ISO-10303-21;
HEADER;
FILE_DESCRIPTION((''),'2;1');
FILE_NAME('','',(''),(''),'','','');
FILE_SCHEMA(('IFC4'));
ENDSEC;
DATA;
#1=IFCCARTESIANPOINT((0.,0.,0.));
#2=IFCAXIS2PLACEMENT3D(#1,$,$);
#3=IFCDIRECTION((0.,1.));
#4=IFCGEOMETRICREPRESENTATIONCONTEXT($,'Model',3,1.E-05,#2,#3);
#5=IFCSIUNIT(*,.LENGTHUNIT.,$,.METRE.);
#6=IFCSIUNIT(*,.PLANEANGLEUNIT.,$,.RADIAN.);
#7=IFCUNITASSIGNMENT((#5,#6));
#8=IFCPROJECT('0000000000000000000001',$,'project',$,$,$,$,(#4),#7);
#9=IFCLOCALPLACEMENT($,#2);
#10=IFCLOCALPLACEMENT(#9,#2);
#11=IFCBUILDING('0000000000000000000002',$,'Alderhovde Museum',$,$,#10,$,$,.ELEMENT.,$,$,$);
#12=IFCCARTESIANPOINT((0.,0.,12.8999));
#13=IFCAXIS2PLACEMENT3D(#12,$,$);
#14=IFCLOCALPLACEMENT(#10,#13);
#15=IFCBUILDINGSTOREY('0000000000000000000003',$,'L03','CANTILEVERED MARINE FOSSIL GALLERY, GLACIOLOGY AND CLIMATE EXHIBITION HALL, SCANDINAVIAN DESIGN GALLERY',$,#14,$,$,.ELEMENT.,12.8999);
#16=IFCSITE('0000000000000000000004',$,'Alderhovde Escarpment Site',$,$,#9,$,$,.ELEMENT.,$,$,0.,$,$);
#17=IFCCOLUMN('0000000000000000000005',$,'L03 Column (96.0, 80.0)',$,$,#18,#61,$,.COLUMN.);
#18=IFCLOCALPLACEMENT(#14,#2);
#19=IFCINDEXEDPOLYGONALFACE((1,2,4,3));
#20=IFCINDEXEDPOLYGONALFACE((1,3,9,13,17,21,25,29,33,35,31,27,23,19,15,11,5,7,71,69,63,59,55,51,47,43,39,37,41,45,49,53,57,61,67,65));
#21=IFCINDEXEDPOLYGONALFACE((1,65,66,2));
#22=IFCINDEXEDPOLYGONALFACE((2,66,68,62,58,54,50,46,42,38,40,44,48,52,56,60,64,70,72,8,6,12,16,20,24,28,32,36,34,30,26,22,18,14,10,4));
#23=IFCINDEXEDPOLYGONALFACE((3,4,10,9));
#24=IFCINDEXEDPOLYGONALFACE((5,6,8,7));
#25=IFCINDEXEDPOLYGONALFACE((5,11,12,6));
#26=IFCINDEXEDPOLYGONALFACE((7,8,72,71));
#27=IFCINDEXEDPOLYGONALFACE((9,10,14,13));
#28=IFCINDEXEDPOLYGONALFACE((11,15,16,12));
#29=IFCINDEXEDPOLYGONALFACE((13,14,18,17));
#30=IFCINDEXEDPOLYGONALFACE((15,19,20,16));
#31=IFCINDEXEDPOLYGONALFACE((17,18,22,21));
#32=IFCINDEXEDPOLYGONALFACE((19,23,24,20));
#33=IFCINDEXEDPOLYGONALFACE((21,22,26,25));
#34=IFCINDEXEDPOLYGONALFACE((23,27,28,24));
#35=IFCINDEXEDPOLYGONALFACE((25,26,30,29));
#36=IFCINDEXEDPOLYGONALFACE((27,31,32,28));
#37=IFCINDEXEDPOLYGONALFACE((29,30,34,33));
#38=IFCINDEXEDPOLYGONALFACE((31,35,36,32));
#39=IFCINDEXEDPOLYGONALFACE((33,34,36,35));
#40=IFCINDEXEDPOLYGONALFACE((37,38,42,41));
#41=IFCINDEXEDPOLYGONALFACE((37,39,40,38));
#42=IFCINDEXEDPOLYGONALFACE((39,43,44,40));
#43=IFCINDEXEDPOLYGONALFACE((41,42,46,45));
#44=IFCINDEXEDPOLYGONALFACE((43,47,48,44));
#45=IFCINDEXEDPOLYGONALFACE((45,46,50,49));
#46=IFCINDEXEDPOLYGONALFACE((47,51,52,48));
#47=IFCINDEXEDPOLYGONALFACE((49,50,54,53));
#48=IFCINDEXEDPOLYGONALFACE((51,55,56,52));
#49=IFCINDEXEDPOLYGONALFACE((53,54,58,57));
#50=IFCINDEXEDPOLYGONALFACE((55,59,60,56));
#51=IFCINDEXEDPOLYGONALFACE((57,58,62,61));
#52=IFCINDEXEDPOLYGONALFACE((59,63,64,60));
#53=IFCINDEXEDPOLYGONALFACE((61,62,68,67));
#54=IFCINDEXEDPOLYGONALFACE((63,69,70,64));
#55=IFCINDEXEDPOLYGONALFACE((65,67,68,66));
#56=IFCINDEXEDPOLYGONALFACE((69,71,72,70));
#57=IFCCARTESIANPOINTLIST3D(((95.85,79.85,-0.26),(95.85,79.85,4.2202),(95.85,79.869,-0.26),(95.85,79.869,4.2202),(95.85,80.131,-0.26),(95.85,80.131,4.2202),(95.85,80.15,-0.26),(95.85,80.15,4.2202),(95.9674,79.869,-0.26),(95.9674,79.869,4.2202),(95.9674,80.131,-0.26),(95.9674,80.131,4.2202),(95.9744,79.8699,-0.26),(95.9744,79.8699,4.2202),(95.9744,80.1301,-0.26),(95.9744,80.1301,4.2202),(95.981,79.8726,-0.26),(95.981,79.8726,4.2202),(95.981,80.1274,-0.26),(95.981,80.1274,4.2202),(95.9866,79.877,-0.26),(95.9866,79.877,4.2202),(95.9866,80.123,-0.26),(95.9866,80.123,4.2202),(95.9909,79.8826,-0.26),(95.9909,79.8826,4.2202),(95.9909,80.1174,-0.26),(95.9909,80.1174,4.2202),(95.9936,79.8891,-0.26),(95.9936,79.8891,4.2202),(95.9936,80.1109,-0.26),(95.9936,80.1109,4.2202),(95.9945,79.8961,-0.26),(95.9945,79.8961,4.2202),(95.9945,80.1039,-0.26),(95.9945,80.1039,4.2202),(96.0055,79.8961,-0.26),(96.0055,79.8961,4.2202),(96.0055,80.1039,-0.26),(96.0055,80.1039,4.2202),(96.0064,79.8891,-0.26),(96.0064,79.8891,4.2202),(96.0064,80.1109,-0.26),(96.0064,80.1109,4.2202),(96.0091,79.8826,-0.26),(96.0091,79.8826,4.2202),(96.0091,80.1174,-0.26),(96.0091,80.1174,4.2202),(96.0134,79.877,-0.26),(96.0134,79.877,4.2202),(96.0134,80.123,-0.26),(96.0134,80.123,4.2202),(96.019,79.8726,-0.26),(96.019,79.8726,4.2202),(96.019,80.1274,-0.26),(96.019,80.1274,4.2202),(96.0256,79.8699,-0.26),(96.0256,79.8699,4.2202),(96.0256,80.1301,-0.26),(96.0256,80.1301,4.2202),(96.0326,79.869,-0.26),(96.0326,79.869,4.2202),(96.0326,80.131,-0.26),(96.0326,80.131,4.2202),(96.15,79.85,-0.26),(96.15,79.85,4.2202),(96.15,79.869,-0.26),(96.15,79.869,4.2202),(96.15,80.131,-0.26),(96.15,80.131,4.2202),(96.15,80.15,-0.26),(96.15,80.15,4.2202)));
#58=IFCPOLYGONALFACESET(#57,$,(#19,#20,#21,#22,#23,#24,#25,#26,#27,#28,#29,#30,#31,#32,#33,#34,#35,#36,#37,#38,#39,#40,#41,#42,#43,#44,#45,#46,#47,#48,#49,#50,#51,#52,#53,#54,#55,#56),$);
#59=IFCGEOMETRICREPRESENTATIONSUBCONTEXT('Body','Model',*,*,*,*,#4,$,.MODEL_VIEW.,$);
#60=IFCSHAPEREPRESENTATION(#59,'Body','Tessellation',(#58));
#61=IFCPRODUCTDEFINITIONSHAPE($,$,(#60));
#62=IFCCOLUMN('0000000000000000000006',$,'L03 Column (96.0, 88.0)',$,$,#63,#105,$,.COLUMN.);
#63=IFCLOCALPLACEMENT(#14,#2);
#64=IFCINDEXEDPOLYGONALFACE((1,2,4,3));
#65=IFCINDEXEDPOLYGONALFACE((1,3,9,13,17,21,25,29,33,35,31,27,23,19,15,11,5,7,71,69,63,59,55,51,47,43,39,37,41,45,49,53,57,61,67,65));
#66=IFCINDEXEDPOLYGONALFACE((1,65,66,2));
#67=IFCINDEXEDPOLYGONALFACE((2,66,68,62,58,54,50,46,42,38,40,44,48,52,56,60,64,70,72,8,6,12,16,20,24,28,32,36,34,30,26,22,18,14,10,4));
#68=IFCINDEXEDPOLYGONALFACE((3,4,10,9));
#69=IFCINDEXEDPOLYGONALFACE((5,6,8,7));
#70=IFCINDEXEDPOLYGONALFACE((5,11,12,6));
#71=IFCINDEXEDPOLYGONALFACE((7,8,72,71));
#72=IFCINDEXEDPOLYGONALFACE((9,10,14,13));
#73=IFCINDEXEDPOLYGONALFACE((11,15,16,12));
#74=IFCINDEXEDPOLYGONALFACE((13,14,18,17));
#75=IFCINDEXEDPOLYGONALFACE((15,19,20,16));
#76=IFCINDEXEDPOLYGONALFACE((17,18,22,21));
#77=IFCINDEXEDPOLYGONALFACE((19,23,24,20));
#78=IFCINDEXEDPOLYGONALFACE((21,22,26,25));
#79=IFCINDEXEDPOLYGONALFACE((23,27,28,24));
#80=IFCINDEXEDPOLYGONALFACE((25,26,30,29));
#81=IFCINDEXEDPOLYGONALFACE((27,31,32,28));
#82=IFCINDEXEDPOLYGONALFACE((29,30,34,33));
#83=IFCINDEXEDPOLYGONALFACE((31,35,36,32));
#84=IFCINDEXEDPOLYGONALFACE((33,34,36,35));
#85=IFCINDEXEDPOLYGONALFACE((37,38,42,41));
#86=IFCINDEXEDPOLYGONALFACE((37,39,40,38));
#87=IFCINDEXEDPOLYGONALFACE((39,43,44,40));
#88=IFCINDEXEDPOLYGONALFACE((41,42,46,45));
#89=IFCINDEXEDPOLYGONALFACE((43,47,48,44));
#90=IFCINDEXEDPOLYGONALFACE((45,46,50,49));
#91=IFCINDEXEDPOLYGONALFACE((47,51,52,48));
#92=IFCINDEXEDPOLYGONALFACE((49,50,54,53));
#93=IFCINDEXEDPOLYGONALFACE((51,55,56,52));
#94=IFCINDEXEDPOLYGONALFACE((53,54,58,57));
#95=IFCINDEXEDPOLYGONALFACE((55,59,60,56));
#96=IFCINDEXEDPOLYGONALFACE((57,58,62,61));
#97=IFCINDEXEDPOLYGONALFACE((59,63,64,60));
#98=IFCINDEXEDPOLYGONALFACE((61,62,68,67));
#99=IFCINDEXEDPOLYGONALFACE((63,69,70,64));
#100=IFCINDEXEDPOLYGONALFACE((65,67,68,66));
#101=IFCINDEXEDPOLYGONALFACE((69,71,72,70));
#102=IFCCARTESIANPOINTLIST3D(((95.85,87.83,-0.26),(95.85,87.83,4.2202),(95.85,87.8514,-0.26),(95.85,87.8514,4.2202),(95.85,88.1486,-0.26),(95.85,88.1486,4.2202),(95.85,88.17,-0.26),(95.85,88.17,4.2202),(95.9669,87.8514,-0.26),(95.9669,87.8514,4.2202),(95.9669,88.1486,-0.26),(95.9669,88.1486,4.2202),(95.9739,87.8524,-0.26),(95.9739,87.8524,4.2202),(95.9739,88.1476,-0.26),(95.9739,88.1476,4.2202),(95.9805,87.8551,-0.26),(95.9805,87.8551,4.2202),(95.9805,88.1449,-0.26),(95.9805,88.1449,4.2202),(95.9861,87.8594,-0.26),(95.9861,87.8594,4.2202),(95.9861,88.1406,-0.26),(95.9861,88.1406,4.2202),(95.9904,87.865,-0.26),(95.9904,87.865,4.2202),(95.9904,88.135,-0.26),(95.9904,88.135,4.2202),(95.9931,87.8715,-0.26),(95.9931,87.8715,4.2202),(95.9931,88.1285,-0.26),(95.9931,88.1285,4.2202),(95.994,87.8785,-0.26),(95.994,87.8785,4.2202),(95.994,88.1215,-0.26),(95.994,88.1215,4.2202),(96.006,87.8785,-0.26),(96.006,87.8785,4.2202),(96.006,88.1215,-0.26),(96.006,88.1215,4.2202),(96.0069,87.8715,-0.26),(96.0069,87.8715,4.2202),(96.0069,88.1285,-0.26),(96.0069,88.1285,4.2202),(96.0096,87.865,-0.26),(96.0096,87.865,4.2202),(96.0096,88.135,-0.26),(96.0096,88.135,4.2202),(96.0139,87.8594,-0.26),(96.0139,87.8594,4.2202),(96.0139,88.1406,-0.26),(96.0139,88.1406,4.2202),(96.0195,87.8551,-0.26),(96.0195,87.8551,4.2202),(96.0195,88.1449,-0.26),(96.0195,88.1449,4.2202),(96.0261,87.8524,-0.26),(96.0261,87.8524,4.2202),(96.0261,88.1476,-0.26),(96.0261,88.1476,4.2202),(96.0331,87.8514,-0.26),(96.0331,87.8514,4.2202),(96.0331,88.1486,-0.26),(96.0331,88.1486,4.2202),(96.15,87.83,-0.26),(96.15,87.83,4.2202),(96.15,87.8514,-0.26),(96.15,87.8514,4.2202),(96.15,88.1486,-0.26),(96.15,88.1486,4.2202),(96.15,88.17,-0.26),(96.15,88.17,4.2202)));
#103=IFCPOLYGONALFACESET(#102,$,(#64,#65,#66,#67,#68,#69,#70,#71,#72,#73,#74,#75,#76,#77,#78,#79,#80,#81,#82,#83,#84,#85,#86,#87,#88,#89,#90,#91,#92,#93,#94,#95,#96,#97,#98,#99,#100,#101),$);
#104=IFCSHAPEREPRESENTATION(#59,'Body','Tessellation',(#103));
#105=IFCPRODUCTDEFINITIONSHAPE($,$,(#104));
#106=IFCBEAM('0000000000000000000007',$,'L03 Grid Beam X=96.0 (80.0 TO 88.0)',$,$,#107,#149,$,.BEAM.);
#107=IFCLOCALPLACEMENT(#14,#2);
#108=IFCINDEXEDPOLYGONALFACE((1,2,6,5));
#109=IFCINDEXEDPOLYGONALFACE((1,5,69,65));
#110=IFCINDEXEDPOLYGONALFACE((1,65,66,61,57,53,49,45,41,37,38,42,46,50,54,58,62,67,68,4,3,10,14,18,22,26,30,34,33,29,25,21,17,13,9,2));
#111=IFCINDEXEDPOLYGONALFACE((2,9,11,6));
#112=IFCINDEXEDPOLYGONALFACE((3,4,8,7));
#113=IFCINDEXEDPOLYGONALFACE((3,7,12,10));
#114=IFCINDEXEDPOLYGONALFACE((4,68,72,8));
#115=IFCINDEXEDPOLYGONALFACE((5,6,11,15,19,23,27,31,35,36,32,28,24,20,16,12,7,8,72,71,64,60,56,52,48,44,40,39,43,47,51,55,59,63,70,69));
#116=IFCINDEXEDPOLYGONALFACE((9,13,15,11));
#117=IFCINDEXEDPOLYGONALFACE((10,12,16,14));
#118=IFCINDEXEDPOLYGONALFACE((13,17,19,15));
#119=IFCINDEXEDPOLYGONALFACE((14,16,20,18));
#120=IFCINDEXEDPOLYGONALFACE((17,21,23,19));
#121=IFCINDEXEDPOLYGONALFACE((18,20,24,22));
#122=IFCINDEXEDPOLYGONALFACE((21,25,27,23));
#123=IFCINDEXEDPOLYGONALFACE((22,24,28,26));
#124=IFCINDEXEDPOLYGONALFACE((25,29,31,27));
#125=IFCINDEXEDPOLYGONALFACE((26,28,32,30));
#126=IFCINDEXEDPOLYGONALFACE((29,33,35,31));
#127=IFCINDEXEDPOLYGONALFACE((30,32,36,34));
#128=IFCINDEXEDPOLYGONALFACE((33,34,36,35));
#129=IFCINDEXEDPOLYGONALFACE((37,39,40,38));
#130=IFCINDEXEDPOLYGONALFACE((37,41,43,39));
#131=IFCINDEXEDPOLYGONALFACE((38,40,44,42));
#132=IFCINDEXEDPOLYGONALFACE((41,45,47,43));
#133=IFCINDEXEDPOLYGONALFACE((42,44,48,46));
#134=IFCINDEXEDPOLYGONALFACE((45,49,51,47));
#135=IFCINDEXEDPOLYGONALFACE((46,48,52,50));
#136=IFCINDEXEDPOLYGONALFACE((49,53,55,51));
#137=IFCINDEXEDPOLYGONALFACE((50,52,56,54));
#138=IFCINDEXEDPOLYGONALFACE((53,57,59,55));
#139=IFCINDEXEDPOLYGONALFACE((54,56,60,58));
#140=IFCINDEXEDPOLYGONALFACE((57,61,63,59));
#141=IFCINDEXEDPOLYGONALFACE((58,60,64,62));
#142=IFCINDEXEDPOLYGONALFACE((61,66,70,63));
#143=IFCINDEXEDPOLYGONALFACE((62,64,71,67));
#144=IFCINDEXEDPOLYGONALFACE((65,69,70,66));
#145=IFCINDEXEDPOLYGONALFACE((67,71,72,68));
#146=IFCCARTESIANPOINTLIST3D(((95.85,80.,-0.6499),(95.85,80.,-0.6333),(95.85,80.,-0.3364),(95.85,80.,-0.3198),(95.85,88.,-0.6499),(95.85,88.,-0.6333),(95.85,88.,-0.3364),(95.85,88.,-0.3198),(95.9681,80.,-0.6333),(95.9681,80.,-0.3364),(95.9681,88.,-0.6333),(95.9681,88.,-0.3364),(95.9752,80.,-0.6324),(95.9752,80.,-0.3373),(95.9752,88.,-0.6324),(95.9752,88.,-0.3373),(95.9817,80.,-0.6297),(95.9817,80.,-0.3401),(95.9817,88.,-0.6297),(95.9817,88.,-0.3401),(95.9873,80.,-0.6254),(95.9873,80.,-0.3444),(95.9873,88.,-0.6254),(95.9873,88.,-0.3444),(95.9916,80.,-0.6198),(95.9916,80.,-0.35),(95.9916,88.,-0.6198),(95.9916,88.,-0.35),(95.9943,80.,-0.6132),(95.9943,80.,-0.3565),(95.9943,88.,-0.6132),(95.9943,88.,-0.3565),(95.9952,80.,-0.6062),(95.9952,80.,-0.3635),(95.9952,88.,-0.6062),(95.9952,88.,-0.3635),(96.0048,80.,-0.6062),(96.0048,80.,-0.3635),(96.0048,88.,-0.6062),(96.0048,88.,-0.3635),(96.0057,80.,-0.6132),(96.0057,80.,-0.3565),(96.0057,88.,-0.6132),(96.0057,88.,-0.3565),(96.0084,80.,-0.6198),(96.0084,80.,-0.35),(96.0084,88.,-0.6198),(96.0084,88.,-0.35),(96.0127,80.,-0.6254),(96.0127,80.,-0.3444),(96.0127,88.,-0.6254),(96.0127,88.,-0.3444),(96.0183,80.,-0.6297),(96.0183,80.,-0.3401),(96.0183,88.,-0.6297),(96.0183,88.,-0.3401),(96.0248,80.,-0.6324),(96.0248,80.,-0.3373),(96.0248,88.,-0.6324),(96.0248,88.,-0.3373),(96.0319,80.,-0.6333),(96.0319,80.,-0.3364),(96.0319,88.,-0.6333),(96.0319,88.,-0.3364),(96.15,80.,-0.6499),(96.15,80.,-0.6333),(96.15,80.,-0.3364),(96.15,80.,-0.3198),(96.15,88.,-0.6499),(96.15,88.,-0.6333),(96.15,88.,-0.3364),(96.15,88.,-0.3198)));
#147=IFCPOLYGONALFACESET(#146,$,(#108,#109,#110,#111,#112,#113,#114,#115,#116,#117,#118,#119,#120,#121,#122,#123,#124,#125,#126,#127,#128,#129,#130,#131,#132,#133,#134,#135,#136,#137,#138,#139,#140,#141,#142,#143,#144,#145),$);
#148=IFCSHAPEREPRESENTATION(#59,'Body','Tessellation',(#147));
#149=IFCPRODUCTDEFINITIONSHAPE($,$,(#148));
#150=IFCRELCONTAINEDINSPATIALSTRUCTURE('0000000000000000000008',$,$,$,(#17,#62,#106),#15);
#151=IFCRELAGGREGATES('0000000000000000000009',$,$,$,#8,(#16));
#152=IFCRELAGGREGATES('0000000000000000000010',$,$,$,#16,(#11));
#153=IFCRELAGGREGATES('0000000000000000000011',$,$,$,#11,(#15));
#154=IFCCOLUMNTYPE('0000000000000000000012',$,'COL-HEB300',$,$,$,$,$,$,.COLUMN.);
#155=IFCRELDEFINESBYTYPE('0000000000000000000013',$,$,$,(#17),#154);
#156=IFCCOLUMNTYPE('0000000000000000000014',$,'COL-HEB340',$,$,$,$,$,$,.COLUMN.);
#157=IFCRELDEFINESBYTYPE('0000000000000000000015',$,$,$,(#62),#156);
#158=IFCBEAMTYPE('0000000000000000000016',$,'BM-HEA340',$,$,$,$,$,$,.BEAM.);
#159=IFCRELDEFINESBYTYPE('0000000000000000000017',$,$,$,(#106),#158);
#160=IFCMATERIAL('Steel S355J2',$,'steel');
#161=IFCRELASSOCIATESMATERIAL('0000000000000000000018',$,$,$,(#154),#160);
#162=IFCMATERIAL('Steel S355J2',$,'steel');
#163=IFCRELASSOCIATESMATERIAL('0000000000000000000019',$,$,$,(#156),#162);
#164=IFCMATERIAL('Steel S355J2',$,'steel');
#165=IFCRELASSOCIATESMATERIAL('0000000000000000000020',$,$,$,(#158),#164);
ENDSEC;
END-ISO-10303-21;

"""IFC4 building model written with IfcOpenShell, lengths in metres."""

from ifc_helpers import new_model, si_unit, direction, frame, origin, origin_2d, place, context, subcontext, project, spatial, i_section, extrude, material, material_profile, profile_set, type_object, element, save


model = new_model("IFC4")

# Units and contexts
model_context = context("Model", 3, precision=1e-05, world=origin(), true_north=direction((0.0, 1.0)))
body_context = subcontext(model_context, "Body", "Model", "MODEL_VIEW")
ifc_project = project(units=[si_unit("LENGTHUNIT", "METRE"), si_unit("PLANEANGLEUNIT", "RADIAN")], contexts=[model_context])

# Site, building, storey
site_placement = place(None, origin())
site = spatial("IfcSite", under=ifc_project, at=site_placement, Name="Alderhovde Escarpment Site", CompositionType="ELEMENT", RefElevation=0.0)
building_placement = place(site_placement, origin())
building = spatial("IfcBuilding", under=site, at=building_placement, Name="Alderhovde Museum", CompositionType="ELEMENT")
storey_placement = place(building_placement, frame((0.0, 0.0, 12.8999)))
storey = spatial("IfcBuildingStorey", under=building, at=storey_placement, Name="L03", Description="CANTILEVERED MARINE FOSSIL GALLERY, GLACIOLOGY AND CLIMATE EXHIBITION HALL, SCANDINAVIAN DESIGN GALLERY", CompositionType="ELEMENT", Elevation=12.8999)

# Columns
ifc_material_1 = material(Name="Steel S355J2", Category="steel")
ifc_material_profile_1 = material_profile(ifc_material_1, i_section(OverallWidth=0.3, OverallDepth=0.3, WebThickness=0.011, FlangeThickness=0.019, FilletRadius=0.0271, at=origin_2d()), Name="HEB 300")
ifc_profile_set_1 = profile_set([ifc_material_profile_1], Name="Steel S355J2")
column_type_1 = type_object("IfcColumnType", Name="COL-HEB300", PredefinedType="COLUMN", material=ifc_profile_set_1)
column_1_placement = place(storey_placement, frame((96.0, 80.0, -0.26), z_axis=(0.0, 0.0, 1.0), x_axis=(1.0, 0.0, 0.0)))
element("IfcColumn", 1, at=column_1_placement, inside=storey, type_object=column_type_1, Name="L03 Column (96.0, 80.0)", PredefinedType="COLUMN", context=body_context, shape_type="SweptSolid", body=[
    extrude(i_section(OverallWidth=0.3, OverallDepth=0.3, WebThickness=0.011, FlangeThickness=0.019, FilletRadius=0.0271, at=origin_2d()), origin(), (0.0, 0.0, 1.0), 4.4802),
])
ifc_material_2 = material(Name="Steel S355J2", Category="steel")
ifc_material_profile_2 = material_profile(ifc_material_2, i_section(OverallWidth=0.3, OverallDepth=0.3401, WebThickness=0.012, FlangeThickness=0.0215, FilletRadius=0.0271, at=origin_2d()), Name="HEB 340")
ifc_profile_set_2 = profile_set([ifc_material_profile_2], Name="Steel S355J2")
column_type_2 = type_object("IfcColumnType", Name="COL-HEB340", PredefinedType="COLUMN", material=ifc_profile_set_2)
column_2_placement = place(storey_placement, frame((96.0, 88.0, -0.26), z_axis=(0.0, 0.0, 1.0), x_axis=(1.0, 0.0, 0.0)))
element("IfcColumn", 2, at=column_2_placement, inside=storey, type_object=column_type_2, Name="L03 Column (96.0, 88.0)", PredefinedType="COLUMN", context=body_context, shape_type="SweptSolid", body=[
    extrude(i_section(OverallWidth=0.3, OverallDepth=0.3401, WebThickness=0.012, FlangeThickness=0.0215, FilletRadius=0.0271, at=origin_2d()), origin(), (0.0, 0.0, 1.0), 4.4802),
])

# Beam
ifc_material_3 = material(Name="Steel S355J2", Category="steel")
ifc_material_profile_3 = material_profile(ifc_material_3, i_section(OverallWidth=0.3, OverallDepth=0.3301, WebThickness=0.0095, FlangeThickness=0.0166, FilletRadius=0.0271, at=origin_2d()), Name="HEA 340")
ifc_profile_set_3 = profile_set([ifc_material_profile_3], Name="Steel S355J2")
beam_type_1 = type_object("IfcBeamType", Name="BM-HEA340", PredefinedType="BEAM", material=ifc_profile_set_3)
beam_1_placement = place(storey_placement, frame((96.0, 80.0, -0.4849), z_axis=(0.0, 1.0, 0.0), x_axis=(-1.0, 0.0, 0.0)))
element("IfcBeam", 3, at=beam_1_placement, inside=storey, type_object=beam_type_1, Name="L03 Grid Beam X=96.0 (80.0 TO 88.0)", PredefinedType="BEAM", context=body_context, shape_type="SweptSolid", body=[
    extrude(i_section(OverallWidth=0.3, OverallDepth=0.3301, WebThickness=0.0095, FlangeThickness=0.0166, FilletRadius=0.0271, at=origin_2d()), origin(), (0.0, 0.0, 1.0), 8.0),
])

save(model, "model.ifc")
